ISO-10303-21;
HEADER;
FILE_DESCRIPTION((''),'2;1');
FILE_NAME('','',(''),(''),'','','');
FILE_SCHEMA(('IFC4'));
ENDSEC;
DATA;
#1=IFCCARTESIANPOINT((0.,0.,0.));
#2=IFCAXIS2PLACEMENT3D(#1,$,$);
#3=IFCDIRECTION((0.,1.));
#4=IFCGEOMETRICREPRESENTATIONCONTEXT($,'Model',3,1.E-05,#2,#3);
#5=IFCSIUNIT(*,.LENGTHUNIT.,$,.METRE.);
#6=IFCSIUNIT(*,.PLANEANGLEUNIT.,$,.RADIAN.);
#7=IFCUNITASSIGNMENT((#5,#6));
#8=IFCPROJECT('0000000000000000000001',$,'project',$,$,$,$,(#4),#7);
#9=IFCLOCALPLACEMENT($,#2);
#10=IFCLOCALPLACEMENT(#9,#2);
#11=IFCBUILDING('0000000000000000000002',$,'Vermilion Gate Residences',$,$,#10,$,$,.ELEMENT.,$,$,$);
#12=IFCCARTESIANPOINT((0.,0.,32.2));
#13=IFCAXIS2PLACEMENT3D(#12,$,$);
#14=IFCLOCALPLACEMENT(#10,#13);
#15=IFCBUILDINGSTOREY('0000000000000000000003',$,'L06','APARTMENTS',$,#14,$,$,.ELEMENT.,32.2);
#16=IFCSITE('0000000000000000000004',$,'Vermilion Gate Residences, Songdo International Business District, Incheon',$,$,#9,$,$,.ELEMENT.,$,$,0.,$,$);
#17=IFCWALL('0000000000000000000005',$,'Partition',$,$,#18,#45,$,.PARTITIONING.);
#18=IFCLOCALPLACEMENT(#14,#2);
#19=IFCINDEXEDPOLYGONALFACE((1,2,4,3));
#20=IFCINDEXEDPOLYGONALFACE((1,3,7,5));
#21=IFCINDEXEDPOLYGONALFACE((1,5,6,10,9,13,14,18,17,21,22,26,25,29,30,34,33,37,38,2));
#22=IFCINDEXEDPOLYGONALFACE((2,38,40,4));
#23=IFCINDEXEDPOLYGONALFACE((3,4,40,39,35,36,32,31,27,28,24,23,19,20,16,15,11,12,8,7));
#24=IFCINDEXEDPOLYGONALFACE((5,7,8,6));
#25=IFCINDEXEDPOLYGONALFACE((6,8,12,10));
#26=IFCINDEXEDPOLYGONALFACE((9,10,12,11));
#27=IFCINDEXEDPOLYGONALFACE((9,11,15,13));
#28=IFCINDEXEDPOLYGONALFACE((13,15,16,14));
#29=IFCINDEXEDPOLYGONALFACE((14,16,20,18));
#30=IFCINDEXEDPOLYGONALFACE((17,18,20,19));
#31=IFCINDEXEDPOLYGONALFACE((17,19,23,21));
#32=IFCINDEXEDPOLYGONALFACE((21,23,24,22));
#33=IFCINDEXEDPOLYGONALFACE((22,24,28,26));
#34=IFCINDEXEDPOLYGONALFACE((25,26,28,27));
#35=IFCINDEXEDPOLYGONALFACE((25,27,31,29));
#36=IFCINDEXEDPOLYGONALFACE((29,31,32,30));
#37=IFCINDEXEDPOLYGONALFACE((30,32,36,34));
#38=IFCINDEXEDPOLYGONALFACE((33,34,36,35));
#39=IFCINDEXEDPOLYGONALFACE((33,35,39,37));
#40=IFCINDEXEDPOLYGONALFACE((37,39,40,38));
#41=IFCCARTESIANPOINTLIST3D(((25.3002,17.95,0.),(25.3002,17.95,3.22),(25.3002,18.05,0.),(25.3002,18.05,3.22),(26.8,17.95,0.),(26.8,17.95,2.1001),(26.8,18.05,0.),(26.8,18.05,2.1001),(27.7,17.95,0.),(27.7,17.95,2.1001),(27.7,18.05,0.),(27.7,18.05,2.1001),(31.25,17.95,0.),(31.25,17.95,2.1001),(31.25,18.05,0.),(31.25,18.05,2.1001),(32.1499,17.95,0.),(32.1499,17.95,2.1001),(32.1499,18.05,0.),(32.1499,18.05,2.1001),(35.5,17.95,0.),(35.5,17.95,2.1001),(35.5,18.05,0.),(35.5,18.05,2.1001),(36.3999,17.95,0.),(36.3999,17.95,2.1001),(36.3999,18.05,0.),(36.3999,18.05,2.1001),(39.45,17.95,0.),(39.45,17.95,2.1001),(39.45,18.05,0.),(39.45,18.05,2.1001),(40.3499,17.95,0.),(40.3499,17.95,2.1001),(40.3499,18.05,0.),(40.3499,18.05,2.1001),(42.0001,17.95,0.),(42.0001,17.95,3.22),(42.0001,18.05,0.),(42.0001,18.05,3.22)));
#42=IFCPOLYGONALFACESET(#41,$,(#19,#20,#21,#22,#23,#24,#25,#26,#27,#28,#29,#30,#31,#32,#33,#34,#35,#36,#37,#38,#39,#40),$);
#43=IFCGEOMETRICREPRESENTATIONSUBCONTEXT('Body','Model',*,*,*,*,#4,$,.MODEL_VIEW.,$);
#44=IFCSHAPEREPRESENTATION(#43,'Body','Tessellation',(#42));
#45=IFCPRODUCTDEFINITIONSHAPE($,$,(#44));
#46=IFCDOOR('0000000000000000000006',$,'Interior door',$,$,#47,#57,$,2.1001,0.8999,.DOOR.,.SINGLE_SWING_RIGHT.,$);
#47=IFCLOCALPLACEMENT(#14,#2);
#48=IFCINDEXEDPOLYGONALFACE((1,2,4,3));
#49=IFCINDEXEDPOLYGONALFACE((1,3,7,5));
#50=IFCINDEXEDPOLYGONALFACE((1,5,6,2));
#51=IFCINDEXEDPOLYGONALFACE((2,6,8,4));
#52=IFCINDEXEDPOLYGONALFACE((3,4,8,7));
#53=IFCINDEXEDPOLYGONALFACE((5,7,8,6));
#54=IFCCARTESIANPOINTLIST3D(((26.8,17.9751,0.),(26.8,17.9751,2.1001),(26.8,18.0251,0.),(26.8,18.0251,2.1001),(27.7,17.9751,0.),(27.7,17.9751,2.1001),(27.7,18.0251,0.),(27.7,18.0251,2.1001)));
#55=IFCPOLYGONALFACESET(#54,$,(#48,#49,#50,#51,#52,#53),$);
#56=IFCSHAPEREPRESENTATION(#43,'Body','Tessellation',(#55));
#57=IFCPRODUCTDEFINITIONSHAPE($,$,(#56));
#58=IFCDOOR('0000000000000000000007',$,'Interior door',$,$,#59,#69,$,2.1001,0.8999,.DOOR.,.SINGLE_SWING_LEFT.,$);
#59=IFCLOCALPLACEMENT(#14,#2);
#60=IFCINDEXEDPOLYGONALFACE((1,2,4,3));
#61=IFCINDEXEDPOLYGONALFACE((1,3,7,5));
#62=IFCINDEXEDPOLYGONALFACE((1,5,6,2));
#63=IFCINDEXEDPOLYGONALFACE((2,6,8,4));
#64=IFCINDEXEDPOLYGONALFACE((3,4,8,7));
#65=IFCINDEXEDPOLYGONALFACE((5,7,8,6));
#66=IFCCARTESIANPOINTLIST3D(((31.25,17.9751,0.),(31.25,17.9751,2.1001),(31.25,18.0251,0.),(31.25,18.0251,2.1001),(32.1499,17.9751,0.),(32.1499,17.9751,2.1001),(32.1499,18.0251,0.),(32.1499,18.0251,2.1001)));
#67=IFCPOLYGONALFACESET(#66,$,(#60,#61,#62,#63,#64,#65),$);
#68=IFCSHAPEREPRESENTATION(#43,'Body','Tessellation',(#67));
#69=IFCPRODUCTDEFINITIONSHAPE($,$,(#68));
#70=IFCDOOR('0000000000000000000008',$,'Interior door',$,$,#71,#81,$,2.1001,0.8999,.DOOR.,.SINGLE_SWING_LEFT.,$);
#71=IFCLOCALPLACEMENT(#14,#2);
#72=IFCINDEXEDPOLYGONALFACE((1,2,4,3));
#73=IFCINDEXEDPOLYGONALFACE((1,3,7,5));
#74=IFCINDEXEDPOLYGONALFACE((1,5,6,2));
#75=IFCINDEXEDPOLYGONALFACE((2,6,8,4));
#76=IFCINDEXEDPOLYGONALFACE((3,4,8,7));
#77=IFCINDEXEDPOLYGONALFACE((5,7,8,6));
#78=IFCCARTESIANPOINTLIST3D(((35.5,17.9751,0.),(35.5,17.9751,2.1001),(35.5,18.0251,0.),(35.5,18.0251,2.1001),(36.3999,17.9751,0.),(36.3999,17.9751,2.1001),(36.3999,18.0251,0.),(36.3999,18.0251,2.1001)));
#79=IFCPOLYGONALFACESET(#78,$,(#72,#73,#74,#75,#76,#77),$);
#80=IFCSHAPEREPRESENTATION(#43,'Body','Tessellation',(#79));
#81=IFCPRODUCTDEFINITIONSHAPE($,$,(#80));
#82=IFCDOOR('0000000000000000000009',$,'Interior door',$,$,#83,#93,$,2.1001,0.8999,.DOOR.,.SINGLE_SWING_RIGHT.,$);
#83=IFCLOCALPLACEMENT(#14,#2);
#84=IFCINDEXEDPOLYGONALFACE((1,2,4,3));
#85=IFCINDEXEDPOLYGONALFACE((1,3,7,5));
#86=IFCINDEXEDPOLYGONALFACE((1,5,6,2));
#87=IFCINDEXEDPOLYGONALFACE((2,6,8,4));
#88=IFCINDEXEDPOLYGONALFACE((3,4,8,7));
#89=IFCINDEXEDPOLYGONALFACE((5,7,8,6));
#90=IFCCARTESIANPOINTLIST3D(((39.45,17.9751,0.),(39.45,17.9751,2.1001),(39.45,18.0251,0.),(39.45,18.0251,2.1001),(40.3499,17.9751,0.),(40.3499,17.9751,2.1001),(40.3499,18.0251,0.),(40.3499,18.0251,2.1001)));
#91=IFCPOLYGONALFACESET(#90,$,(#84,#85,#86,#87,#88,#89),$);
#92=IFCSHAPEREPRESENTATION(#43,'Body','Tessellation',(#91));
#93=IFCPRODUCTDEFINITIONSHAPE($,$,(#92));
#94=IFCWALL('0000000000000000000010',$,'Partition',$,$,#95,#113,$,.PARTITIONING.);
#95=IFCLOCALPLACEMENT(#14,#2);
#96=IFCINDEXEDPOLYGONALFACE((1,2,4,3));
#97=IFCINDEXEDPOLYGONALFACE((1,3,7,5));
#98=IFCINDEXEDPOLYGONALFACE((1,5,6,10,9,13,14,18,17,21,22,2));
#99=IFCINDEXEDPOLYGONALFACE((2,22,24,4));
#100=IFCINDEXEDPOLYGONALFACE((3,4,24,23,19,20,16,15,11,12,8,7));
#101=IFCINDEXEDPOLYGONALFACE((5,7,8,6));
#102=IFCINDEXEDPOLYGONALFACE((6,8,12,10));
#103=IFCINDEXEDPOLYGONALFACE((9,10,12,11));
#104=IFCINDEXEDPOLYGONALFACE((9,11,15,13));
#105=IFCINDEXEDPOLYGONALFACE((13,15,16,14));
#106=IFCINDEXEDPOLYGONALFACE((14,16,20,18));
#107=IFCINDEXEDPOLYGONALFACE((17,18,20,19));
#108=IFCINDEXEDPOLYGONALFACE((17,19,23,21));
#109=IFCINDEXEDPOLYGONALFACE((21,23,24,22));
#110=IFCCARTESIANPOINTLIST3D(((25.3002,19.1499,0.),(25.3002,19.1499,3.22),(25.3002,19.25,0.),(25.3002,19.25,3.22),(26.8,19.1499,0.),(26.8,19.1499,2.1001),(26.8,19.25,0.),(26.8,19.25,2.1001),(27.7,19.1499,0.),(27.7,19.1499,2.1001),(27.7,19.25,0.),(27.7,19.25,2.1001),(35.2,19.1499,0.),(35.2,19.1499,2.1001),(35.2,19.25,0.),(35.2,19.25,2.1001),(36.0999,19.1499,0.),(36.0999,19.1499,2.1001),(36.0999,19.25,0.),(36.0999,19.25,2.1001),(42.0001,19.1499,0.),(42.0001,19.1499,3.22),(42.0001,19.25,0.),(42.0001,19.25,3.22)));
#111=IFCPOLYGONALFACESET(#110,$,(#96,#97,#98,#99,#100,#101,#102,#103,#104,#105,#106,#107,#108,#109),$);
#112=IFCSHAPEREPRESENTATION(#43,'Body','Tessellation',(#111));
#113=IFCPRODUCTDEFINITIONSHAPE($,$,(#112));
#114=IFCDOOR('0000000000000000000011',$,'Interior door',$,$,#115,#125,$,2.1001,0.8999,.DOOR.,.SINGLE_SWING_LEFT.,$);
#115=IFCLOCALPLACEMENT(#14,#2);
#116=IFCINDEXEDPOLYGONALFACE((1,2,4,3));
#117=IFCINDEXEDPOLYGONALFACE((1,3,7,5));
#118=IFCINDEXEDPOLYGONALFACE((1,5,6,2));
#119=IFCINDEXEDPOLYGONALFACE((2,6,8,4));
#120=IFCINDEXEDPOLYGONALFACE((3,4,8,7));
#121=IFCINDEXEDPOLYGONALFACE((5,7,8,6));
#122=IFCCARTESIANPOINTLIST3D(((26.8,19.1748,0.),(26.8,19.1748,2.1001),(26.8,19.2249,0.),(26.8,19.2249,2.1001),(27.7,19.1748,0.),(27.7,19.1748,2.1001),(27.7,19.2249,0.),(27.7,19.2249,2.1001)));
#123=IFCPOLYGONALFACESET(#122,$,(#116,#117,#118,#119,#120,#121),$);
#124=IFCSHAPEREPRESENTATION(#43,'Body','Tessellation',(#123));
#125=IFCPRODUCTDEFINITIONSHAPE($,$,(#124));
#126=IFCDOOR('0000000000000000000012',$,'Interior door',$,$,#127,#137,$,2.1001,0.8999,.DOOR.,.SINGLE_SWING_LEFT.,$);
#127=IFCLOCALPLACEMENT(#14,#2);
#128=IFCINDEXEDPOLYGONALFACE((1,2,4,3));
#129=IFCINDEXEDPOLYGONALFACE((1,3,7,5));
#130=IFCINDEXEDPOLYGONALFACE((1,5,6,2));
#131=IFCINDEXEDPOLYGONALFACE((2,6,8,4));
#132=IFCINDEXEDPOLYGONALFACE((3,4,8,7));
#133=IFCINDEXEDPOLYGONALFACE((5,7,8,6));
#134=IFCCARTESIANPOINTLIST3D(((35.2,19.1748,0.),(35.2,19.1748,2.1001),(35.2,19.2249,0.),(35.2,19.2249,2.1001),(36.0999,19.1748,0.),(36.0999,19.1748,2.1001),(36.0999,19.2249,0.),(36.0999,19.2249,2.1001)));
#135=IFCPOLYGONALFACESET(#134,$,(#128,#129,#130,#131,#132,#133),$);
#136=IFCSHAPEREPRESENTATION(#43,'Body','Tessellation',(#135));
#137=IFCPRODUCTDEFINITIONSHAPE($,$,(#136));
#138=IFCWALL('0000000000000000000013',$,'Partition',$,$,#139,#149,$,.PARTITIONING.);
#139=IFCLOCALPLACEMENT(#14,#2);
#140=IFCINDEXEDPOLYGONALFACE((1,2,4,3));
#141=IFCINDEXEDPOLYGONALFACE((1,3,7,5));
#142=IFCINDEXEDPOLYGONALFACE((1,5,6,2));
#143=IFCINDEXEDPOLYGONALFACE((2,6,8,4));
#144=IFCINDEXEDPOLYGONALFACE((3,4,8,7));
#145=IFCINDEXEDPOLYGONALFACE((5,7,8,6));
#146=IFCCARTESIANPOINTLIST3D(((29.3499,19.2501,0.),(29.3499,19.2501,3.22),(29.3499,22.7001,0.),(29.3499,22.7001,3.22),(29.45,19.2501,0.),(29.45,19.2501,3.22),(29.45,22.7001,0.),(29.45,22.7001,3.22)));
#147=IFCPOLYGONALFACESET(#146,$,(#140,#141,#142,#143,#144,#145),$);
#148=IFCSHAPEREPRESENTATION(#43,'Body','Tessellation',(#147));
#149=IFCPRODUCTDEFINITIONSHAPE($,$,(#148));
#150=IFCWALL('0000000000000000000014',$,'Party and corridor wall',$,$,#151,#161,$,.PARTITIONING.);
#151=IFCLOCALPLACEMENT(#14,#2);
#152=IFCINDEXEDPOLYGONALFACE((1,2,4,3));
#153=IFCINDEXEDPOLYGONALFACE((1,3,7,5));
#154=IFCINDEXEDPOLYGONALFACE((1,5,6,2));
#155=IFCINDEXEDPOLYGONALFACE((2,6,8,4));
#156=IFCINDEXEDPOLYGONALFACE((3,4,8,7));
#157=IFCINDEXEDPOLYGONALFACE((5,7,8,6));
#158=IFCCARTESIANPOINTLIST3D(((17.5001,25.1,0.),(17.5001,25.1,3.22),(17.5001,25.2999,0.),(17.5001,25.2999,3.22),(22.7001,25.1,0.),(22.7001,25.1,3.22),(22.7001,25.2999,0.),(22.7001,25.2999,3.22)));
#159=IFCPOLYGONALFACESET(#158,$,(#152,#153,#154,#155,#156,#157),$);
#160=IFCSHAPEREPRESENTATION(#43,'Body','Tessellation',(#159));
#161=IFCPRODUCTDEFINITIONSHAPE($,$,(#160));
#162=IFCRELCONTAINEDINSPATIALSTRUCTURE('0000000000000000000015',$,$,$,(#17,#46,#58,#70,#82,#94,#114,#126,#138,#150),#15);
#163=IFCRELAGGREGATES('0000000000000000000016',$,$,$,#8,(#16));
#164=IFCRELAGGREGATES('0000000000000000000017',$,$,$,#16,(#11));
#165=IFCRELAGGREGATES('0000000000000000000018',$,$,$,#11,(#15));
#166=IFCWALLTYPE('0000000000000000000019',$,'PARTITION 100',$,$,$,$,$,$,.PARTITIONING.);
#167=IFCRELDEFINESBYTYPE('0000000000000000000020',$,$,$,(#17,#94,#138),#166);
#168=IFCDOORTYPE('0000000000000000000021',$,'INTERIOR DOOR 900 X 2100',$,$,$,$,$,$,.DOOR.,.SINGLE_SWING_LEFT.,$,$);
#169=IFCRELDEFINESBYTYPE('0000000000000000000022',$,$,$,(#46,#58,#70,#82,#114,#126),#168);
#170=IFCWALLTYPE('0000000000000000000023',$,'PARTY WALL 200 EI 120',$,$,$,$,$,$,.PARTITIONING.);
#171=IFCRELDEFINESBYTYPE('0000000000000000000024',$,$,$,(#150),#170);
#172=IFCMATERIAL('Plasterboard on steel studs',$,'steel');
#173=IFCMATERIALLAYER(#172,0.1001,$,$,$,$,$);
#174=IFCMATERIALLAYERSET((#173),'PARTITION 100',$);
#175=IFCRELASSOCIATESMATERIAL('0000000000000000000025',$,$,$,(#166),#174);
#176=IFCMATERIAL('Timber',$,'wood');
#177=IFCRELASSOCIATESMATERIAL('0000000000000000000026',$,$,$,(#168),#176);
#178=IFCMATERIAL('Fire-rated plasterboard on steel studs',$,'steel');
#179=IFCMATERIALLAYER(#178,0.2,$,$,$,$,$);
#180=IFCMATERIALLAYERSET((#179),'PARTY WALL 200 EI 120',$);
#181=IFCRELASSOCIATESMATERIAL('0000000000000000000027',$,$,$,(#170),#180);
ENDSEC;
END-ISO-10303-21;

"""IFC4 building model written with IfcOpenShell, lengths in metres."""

from ifc_helpers import new_model, si_unit, direction, frame, frame_2d, origin, place, context, subcontext, project, spatial, rectangle, extrude, material, layer, layer_set, type_object, element, fill, save


model = new_model("IFC4")

# Units and contexts
model_context = context("Model", 3, precision=1e-05, world=origin(), true_north=direction((0.0, 1.0)))
body_context = subcontext(model_context, "Body", "Model", "MODEL_VIEW")
ifc_project = project(units=[si_unit("LENGTHUNIT", "METRE"), si_unit("PLANEANGLEUNIT", "RADIAN")], contexts=[model_context])

# Site, building, storey
site_placement = place(None, origin())
site = spatial("IfcSite", under=ifc_project, at=site_placement, Name="Vermilion Gate Residences, Songdo International Business District, Incheon", CompositionType="ELEMENT", RefElevation=0.0)
building_placement = place(site_placement, origin())
building = spatial("IfcBuilding", under=site, at=building_placement, Name="Vermilion Gate Residences", CompositionType="ELEMENT")
storey_placement = place(building_placement, frame((0.0, 0.0, 32.2)))
storey = spatial("IfcBuildingStorey", under=building, at=storey_placement, Name="L06", Description="APARTMENTS", CompositionType="ELEMENT", Elevation=32.2)

# Walls, openings, doors
ifc_material_1 = material(Name="Plasterboard on steel studs", Category="steel")
ifc_layer_1 = layer(ifc_material_1, 0.1001)
ifc_layer_set_1 = layer_set([ifc_layer_1], Name="PARTITION 100")
wall_type_1 = type_object("IfcWallType", Name="PARTITION 100", PredefinedType="PARTITIONING", material=ifc_layer_set_1)
wall_1_placement = place(storey_placement, frame((25.3, 18.0, 0.0), z_axis=(0.0, 0.0, 1.0), x_axis=(1.0, 0.0, 0.0)))
wall_1 = element("IfcWall", 1, at=wall_1_placement, inside=storey, type_object=wall_type_1, Name="Partition", PredefinedType="PARTITIONING", context=body_context, shape_type="SweptSolid", body=[
    extrude(rectangle(XDim=16.7, YDim=0.1001, at=frame_2d((8.3501, 0.0))), origin(), (0.0, 0.0, 1.0), 3.22),
])
opening_1_placement = place(wall_1_placement, frame((1.5, 0.0, 0.0)))
opening_1 = element("IfcOpeningElement", 2, at=opening_1_placement, cuts=wall_1, PredefinedType="OPENING", context=body_context, shape_type="SweptSolid", body=[
    extrude(rectangle(XDim=0.8999, YDim=2.1001, at=frame_2d((0.45, 1.05))), frame((0.0, 0.0601, 0.0), z_axis=(0.0, -1.0, 0.0), x_axis=(1.0, 0.0, 0.0)), (0.0, 0.0, 1.0), 0.1201),
])
opening_2_placement = place(wall_1_placement, frame((5.95, 0.0, 0.0)))
opening_2 = element("IfcOpeningElement", 3, at=opening_2_placement, cuts=wall_1, PredefinedType="OPENING", context=body_context, shape_type="SweptSolid", body=[
    extrude(rectangle(XDim=0.8999, YDim=2.1001, at=frame_2d((0.45, 1.05))), frame((0.0, 0.0601, 0.0), z_axis=(0.0, -1.0, 0.0), x_axis=(1.0, 0.0, 0.0)), (0.0, 0.0, 1.0), 0.1201),
])
opening_3_placement = place(wall_1_placement, frame((10.2, 0.0, 0.0)))
opening_3 = element("IfcOpeningElement", 4, at=opening_3_placement, cuts=wall_1, PredefinedType="OPENING", context=body_context, shape_type="SweptSolid", body=[
    extrude(rectangle(XDim=0.8999, YDim=2.1001, at=frame_2d((0.45, 1.05))), frame((0.0, 0.0601, 0.0), z_axis=(0.0, -1.0, 0.0), x_axis=(1.0, 0.0, 0.0)), (0.0, 0.0, 1.0), 0.1201),
])
opening_4_placement = place(wall_1_placement, frame((14.1499, 0.0, 0.0)))
opening_4 = element("IfcOpeningElement", 5, at=opening_4_placement, cuts=wall_1, PredefinedType="OPENING", context=body_context, shape_type="SweptSolid", body=[
    extrude(rectangle(XDim=0.8999, YDim=2.1001, at=frame_2d((0.45, 1.05))), frame((0.0, 0.0601, 0.0), z_axis=(0.0, -1.0, 0.0), x_axis=(1.0, 0.0, 0.0)), (0.0, 0.0, 1.0), 0.1201),
])
ifc_material_2 = material(Name="Timber", Category="wood")
door_type_1 = type_object("IfcDoorType", Name="INTERIOR DOOR 900 X 2100", OperationType="SINGLE_SWING_LEFT", PredefinedType="DOOR", material=ifc_material_2)
door_1_placement = place(opening_1_placement, frame((0.8999, 0.0, 0.0), z_axis=(0.0, 0.0, 1.0), x_axis=(-1.0, 0.0, 0.0)))
door_1 = element("IfcDoor", 6, at=door_1_placement, inside=storey, type_object=door_type_1, Name="Interior door", OperationType="SINGLE_SWING_RIGHT", OverallHeight=2.1001, OverallWidth=0.8999, PredefinedType="DOOR", context=body_context, shape_type="SweptSolid", body=[
    extrude(rectangle(XDim=0.8999, YDim=2.1001, at=frame_2d((0.45, 1.05))), frame((0.0, 0.0249, 0.0), z_axis=(0.0, -1.0, 0.0), x_axis=(1.0, 0.0, 0.0)), (0.0, 0.0, 1.0), 0.05),
])
fill(opening_1, door_1)
door_2_placement = place(opening_2_placement, frame((0.8999, 0.0, 0.0), z_axis=(0.0, 0.0, 1.0), x_axis=(-1.0, 0.0, 0.0)))
door_2 = element("IfcDoor", 7, at=door_2_placement, inside=storey, type_object=door_type_1, Name="Interior door", OperationType="SINGLE_SWING_LEFT", OverallHeight=2.1001, OverallWidth=0.8999, PredefinedType="DOOR", context=body_context, shape_type="SweptSolid", body=[
    extrude(rectangle(XDim=0.8999, YDim=2.1001, at=frame_2d((0.45, 1.05))), frame((0.0, 0.0249, 0.0), z_axis=(0.0, -1.0, 0.0), x_axis=(1.0, 0.0, 0.0)), (0.0, 0.0, 1.0), 0.05),
])
fill(opening_2, door_2)
door_3_placement = place(opening_3_placement, frame((0.8999, 0.0, 0.0), z_axis=(0.0, 0.0, 1.0), x_axis=(-1.0, 0.0, 0.0)))
door_3 = element("IfcDoor", 8, at=door_3_placement, inside=storey, type_object=door_type_1, Name="Interior door", OperationType="SINGLE_SWING_LEFT", OverallHeight=2.1001, OverallWidth=0.8999, PredefinedType="DOOR", context=body_context, shape_type="SweptSolid", body=[
    extrude(rectangle(XDim=0.8999, YDim=2.1001, at=frame_2d((0.45, 1.05))), frame((0.0, 0.0249, 0.0), z_axis=(0.0, -1.0, 0.0), x_axis=(1.0, 0.0, 0.0)), (0.0, 0.0, 1.0), 0.05),
])
fill(opening_3, door_3)
door_4_placement = place(opening_4_placement, frame((0.8999, 0.0, 0.0), z_axis=(0.0, 0.0, 1.0), x_axis=(-1.0, 0.0, 0.0)))
door_4 = element("IfcDoor", 9, at=door_4_placement, inside=storey, type_object=door_type_1, Name="Interior door", OperationType="SINGLE_SWING_RIGHT", OverallHeight=2.1001, OverallWidth=0.8999, PredefinedType="DOOR", context=body_context, shape_type="SweptSolid", body=[
    extrude(rectangle(XDim=0.8999, YDim=2.1001, at=frame_2d((0.45, 1.05))), frame((0.0, 0.0249, 0.0), z_axis=(0.0, -1.0, 0.0), x_axis=(1.0, 0.0, 0.0)), (0.0, 0.0, 1.0), 0.05),
])
fill(opening_4, door_4)
wall_2_placement = place(storey_placement, frame((25.3, 19.2, 0.0), z_axis=(0.0, 0.0, 1.0), x_axis=(1.0, 0.0, 0.0)))
wall_2 = element("IfcWall", 10, at=wall_2_placement, inside=storey, type_object=wall_type_1, Name="Partition", PredefinedType="PARTITIONING", context=body_context, shape_type="SweptSolid", body=[
    extrude(rectangle(XDim=16.7, YDim=0.1001, at=frame_2d((8.3501, 0.0))), origin(), (0.0, 0.0, 1.0), 3.22),
])
opening_5_placement = place(wall_2_placement, frame((1.5, 0.0, 0.0)))
opening_5 = element("IfcOpeningElement", 11, at=opening_5_placement, cuts=wall_2, PredefinedType="OPENING", context=body_context, shape_type="SweptSolid", body=[
    extrude(rectangle(XDim=0.8999, YDim=2.1001, at=frame_2d((0.45, 1.05))), frame((0.0, 0.0601, 0.0), z_axis=(0.0, -1.0, 0.0), x_axis=(1.0, 0.0, 0.0)), (0.0, 0.0, 1.0), 0.1201),
])
opening_6_placement = place(wall_2_placement, frame((9.8999, 0.0, 0.0)))
opening_6 = element("IfcOpeningElement", 12, at=opening_6_placement, cuts=wall_2, PredefinedType="OPENING", context=body_context, shape_type="SweptSolid", body=[
    extrude(rectangle(XDim=0.8999, YDim=2.1001, at=frame_2d((0.45, 1.05))), frame((0.0, 0.0601, 0.0), z_axis=(0.0, -1.0, 0.0), x_axis=(1.0, 0.0, 0.0)), (0.0, 0.0, 1.0), 0.1201),
])
door_5_placement = place(opening_5_placement, origin())
door_5 = element("IfcDoor", 13, at=door_5_placement, inside=storey, type_object=door_type_1, Name="Interior door", OperationType="SINGLE_SWING_LEFT", OverallHeight=2.1001, OverallWidth=0.8999, PredefinedType="DOOR", context=body_context, shape_type="SweptSolid", body=[
    extrude(rectangle(XDim=0.8999, YDim=2.1001, at=frame_2d((0.45, 1.05))), frame((0.0, 0.0249, 0.0), z_axis=(0.0, -1.0, 0.0), x_axis=(1.0, 0.0, 0.0)), (0.0, 0.0, 1.0), 0.05),
])
fill(opening_5, door_5)
door_6_placement = place(opening_6_placement, origin())
door_6 = element("IfcDoor", 14, at=door_6_placement, inside=storey, type_object=door_type_1, Name="Interior door", OperationType="SINGLE_SWING_LEFT", OverallHeight=2.1001, OverallWidth=0.8999, PredefinedType="DOOR", context=body_context, shape_type="SweptSolid", body=[
    extrude(rectangle(XDim=0.8999, YDim=2.1001, at=frame_2d((0.45, 1.05))), frame((0.0, 0.0249, 0.0), z_axis=(0.0, -1.0, 0.0), x_axis=(1.0, 0.0, 0.0)), (0.0, 0.0, 1.0), 0.05),
])
fill(opening_6, door_6)

# Walls
wall_3_placement = place(storey_placement, frame((29.3999, 19.25, 0.0), z_axis=(0.0, 0.0, 1.0), x_axis=(0.0, 1.0, 0.0)))
element("IfcWall", 15, at=wall_3_placement, inside=storey, type_object=wall_type_1, Name="Partition", PredefinedType="PARTITIONING", context=body_context, shape_type="SweptSolid", body=[
    extrude(rectangle(XDim=3.45, YDim=0.1001, at=frame_2d((1.7251, 0.0))), origin(), (0.0, 0.0, 1.0), 3.22),
])
ifc_material_3 = material(Name="Fire-rated plasterboard on steel studs", Category="steel")
ifc_layer_2 = layer(ifc_material_3, 0.2)
ifc_layer_set_2 = layer_set([ifc_layer_2], Name="PARTY WALL 200 EI 120")
wall_type_2 = type_object("IfcWallType", Name="PARTY WALL 200 EI 120", PredefinedType="PARTITIONING", material=ifc_layer_set_2)
for number, where, z_axis, x_axis, name in (
    (16, (17.5, 25.2, 0.0), (0.0, 0.0, 1.0), (1.0, 0.0, 0.0), "Party and corridor wall"),
):
    element("IfcWall", number, at=place(storey_placement, frame(where, z_axis=z_axis, x_axis=x_axis)), inside=storey, type_object=wall_type_2, Name=name, PredefinedType="PARTITIONING", context=body_context, shape_type="SweptSolid", body=[
        extrude(rectangle(XDim=5.2, YDim=0.2, at=frame_2d((2.6001, 0.0))), origin(), (0.0, 0.0, 1.0), 3.22),
    ])

save(model, "model.ifc")
